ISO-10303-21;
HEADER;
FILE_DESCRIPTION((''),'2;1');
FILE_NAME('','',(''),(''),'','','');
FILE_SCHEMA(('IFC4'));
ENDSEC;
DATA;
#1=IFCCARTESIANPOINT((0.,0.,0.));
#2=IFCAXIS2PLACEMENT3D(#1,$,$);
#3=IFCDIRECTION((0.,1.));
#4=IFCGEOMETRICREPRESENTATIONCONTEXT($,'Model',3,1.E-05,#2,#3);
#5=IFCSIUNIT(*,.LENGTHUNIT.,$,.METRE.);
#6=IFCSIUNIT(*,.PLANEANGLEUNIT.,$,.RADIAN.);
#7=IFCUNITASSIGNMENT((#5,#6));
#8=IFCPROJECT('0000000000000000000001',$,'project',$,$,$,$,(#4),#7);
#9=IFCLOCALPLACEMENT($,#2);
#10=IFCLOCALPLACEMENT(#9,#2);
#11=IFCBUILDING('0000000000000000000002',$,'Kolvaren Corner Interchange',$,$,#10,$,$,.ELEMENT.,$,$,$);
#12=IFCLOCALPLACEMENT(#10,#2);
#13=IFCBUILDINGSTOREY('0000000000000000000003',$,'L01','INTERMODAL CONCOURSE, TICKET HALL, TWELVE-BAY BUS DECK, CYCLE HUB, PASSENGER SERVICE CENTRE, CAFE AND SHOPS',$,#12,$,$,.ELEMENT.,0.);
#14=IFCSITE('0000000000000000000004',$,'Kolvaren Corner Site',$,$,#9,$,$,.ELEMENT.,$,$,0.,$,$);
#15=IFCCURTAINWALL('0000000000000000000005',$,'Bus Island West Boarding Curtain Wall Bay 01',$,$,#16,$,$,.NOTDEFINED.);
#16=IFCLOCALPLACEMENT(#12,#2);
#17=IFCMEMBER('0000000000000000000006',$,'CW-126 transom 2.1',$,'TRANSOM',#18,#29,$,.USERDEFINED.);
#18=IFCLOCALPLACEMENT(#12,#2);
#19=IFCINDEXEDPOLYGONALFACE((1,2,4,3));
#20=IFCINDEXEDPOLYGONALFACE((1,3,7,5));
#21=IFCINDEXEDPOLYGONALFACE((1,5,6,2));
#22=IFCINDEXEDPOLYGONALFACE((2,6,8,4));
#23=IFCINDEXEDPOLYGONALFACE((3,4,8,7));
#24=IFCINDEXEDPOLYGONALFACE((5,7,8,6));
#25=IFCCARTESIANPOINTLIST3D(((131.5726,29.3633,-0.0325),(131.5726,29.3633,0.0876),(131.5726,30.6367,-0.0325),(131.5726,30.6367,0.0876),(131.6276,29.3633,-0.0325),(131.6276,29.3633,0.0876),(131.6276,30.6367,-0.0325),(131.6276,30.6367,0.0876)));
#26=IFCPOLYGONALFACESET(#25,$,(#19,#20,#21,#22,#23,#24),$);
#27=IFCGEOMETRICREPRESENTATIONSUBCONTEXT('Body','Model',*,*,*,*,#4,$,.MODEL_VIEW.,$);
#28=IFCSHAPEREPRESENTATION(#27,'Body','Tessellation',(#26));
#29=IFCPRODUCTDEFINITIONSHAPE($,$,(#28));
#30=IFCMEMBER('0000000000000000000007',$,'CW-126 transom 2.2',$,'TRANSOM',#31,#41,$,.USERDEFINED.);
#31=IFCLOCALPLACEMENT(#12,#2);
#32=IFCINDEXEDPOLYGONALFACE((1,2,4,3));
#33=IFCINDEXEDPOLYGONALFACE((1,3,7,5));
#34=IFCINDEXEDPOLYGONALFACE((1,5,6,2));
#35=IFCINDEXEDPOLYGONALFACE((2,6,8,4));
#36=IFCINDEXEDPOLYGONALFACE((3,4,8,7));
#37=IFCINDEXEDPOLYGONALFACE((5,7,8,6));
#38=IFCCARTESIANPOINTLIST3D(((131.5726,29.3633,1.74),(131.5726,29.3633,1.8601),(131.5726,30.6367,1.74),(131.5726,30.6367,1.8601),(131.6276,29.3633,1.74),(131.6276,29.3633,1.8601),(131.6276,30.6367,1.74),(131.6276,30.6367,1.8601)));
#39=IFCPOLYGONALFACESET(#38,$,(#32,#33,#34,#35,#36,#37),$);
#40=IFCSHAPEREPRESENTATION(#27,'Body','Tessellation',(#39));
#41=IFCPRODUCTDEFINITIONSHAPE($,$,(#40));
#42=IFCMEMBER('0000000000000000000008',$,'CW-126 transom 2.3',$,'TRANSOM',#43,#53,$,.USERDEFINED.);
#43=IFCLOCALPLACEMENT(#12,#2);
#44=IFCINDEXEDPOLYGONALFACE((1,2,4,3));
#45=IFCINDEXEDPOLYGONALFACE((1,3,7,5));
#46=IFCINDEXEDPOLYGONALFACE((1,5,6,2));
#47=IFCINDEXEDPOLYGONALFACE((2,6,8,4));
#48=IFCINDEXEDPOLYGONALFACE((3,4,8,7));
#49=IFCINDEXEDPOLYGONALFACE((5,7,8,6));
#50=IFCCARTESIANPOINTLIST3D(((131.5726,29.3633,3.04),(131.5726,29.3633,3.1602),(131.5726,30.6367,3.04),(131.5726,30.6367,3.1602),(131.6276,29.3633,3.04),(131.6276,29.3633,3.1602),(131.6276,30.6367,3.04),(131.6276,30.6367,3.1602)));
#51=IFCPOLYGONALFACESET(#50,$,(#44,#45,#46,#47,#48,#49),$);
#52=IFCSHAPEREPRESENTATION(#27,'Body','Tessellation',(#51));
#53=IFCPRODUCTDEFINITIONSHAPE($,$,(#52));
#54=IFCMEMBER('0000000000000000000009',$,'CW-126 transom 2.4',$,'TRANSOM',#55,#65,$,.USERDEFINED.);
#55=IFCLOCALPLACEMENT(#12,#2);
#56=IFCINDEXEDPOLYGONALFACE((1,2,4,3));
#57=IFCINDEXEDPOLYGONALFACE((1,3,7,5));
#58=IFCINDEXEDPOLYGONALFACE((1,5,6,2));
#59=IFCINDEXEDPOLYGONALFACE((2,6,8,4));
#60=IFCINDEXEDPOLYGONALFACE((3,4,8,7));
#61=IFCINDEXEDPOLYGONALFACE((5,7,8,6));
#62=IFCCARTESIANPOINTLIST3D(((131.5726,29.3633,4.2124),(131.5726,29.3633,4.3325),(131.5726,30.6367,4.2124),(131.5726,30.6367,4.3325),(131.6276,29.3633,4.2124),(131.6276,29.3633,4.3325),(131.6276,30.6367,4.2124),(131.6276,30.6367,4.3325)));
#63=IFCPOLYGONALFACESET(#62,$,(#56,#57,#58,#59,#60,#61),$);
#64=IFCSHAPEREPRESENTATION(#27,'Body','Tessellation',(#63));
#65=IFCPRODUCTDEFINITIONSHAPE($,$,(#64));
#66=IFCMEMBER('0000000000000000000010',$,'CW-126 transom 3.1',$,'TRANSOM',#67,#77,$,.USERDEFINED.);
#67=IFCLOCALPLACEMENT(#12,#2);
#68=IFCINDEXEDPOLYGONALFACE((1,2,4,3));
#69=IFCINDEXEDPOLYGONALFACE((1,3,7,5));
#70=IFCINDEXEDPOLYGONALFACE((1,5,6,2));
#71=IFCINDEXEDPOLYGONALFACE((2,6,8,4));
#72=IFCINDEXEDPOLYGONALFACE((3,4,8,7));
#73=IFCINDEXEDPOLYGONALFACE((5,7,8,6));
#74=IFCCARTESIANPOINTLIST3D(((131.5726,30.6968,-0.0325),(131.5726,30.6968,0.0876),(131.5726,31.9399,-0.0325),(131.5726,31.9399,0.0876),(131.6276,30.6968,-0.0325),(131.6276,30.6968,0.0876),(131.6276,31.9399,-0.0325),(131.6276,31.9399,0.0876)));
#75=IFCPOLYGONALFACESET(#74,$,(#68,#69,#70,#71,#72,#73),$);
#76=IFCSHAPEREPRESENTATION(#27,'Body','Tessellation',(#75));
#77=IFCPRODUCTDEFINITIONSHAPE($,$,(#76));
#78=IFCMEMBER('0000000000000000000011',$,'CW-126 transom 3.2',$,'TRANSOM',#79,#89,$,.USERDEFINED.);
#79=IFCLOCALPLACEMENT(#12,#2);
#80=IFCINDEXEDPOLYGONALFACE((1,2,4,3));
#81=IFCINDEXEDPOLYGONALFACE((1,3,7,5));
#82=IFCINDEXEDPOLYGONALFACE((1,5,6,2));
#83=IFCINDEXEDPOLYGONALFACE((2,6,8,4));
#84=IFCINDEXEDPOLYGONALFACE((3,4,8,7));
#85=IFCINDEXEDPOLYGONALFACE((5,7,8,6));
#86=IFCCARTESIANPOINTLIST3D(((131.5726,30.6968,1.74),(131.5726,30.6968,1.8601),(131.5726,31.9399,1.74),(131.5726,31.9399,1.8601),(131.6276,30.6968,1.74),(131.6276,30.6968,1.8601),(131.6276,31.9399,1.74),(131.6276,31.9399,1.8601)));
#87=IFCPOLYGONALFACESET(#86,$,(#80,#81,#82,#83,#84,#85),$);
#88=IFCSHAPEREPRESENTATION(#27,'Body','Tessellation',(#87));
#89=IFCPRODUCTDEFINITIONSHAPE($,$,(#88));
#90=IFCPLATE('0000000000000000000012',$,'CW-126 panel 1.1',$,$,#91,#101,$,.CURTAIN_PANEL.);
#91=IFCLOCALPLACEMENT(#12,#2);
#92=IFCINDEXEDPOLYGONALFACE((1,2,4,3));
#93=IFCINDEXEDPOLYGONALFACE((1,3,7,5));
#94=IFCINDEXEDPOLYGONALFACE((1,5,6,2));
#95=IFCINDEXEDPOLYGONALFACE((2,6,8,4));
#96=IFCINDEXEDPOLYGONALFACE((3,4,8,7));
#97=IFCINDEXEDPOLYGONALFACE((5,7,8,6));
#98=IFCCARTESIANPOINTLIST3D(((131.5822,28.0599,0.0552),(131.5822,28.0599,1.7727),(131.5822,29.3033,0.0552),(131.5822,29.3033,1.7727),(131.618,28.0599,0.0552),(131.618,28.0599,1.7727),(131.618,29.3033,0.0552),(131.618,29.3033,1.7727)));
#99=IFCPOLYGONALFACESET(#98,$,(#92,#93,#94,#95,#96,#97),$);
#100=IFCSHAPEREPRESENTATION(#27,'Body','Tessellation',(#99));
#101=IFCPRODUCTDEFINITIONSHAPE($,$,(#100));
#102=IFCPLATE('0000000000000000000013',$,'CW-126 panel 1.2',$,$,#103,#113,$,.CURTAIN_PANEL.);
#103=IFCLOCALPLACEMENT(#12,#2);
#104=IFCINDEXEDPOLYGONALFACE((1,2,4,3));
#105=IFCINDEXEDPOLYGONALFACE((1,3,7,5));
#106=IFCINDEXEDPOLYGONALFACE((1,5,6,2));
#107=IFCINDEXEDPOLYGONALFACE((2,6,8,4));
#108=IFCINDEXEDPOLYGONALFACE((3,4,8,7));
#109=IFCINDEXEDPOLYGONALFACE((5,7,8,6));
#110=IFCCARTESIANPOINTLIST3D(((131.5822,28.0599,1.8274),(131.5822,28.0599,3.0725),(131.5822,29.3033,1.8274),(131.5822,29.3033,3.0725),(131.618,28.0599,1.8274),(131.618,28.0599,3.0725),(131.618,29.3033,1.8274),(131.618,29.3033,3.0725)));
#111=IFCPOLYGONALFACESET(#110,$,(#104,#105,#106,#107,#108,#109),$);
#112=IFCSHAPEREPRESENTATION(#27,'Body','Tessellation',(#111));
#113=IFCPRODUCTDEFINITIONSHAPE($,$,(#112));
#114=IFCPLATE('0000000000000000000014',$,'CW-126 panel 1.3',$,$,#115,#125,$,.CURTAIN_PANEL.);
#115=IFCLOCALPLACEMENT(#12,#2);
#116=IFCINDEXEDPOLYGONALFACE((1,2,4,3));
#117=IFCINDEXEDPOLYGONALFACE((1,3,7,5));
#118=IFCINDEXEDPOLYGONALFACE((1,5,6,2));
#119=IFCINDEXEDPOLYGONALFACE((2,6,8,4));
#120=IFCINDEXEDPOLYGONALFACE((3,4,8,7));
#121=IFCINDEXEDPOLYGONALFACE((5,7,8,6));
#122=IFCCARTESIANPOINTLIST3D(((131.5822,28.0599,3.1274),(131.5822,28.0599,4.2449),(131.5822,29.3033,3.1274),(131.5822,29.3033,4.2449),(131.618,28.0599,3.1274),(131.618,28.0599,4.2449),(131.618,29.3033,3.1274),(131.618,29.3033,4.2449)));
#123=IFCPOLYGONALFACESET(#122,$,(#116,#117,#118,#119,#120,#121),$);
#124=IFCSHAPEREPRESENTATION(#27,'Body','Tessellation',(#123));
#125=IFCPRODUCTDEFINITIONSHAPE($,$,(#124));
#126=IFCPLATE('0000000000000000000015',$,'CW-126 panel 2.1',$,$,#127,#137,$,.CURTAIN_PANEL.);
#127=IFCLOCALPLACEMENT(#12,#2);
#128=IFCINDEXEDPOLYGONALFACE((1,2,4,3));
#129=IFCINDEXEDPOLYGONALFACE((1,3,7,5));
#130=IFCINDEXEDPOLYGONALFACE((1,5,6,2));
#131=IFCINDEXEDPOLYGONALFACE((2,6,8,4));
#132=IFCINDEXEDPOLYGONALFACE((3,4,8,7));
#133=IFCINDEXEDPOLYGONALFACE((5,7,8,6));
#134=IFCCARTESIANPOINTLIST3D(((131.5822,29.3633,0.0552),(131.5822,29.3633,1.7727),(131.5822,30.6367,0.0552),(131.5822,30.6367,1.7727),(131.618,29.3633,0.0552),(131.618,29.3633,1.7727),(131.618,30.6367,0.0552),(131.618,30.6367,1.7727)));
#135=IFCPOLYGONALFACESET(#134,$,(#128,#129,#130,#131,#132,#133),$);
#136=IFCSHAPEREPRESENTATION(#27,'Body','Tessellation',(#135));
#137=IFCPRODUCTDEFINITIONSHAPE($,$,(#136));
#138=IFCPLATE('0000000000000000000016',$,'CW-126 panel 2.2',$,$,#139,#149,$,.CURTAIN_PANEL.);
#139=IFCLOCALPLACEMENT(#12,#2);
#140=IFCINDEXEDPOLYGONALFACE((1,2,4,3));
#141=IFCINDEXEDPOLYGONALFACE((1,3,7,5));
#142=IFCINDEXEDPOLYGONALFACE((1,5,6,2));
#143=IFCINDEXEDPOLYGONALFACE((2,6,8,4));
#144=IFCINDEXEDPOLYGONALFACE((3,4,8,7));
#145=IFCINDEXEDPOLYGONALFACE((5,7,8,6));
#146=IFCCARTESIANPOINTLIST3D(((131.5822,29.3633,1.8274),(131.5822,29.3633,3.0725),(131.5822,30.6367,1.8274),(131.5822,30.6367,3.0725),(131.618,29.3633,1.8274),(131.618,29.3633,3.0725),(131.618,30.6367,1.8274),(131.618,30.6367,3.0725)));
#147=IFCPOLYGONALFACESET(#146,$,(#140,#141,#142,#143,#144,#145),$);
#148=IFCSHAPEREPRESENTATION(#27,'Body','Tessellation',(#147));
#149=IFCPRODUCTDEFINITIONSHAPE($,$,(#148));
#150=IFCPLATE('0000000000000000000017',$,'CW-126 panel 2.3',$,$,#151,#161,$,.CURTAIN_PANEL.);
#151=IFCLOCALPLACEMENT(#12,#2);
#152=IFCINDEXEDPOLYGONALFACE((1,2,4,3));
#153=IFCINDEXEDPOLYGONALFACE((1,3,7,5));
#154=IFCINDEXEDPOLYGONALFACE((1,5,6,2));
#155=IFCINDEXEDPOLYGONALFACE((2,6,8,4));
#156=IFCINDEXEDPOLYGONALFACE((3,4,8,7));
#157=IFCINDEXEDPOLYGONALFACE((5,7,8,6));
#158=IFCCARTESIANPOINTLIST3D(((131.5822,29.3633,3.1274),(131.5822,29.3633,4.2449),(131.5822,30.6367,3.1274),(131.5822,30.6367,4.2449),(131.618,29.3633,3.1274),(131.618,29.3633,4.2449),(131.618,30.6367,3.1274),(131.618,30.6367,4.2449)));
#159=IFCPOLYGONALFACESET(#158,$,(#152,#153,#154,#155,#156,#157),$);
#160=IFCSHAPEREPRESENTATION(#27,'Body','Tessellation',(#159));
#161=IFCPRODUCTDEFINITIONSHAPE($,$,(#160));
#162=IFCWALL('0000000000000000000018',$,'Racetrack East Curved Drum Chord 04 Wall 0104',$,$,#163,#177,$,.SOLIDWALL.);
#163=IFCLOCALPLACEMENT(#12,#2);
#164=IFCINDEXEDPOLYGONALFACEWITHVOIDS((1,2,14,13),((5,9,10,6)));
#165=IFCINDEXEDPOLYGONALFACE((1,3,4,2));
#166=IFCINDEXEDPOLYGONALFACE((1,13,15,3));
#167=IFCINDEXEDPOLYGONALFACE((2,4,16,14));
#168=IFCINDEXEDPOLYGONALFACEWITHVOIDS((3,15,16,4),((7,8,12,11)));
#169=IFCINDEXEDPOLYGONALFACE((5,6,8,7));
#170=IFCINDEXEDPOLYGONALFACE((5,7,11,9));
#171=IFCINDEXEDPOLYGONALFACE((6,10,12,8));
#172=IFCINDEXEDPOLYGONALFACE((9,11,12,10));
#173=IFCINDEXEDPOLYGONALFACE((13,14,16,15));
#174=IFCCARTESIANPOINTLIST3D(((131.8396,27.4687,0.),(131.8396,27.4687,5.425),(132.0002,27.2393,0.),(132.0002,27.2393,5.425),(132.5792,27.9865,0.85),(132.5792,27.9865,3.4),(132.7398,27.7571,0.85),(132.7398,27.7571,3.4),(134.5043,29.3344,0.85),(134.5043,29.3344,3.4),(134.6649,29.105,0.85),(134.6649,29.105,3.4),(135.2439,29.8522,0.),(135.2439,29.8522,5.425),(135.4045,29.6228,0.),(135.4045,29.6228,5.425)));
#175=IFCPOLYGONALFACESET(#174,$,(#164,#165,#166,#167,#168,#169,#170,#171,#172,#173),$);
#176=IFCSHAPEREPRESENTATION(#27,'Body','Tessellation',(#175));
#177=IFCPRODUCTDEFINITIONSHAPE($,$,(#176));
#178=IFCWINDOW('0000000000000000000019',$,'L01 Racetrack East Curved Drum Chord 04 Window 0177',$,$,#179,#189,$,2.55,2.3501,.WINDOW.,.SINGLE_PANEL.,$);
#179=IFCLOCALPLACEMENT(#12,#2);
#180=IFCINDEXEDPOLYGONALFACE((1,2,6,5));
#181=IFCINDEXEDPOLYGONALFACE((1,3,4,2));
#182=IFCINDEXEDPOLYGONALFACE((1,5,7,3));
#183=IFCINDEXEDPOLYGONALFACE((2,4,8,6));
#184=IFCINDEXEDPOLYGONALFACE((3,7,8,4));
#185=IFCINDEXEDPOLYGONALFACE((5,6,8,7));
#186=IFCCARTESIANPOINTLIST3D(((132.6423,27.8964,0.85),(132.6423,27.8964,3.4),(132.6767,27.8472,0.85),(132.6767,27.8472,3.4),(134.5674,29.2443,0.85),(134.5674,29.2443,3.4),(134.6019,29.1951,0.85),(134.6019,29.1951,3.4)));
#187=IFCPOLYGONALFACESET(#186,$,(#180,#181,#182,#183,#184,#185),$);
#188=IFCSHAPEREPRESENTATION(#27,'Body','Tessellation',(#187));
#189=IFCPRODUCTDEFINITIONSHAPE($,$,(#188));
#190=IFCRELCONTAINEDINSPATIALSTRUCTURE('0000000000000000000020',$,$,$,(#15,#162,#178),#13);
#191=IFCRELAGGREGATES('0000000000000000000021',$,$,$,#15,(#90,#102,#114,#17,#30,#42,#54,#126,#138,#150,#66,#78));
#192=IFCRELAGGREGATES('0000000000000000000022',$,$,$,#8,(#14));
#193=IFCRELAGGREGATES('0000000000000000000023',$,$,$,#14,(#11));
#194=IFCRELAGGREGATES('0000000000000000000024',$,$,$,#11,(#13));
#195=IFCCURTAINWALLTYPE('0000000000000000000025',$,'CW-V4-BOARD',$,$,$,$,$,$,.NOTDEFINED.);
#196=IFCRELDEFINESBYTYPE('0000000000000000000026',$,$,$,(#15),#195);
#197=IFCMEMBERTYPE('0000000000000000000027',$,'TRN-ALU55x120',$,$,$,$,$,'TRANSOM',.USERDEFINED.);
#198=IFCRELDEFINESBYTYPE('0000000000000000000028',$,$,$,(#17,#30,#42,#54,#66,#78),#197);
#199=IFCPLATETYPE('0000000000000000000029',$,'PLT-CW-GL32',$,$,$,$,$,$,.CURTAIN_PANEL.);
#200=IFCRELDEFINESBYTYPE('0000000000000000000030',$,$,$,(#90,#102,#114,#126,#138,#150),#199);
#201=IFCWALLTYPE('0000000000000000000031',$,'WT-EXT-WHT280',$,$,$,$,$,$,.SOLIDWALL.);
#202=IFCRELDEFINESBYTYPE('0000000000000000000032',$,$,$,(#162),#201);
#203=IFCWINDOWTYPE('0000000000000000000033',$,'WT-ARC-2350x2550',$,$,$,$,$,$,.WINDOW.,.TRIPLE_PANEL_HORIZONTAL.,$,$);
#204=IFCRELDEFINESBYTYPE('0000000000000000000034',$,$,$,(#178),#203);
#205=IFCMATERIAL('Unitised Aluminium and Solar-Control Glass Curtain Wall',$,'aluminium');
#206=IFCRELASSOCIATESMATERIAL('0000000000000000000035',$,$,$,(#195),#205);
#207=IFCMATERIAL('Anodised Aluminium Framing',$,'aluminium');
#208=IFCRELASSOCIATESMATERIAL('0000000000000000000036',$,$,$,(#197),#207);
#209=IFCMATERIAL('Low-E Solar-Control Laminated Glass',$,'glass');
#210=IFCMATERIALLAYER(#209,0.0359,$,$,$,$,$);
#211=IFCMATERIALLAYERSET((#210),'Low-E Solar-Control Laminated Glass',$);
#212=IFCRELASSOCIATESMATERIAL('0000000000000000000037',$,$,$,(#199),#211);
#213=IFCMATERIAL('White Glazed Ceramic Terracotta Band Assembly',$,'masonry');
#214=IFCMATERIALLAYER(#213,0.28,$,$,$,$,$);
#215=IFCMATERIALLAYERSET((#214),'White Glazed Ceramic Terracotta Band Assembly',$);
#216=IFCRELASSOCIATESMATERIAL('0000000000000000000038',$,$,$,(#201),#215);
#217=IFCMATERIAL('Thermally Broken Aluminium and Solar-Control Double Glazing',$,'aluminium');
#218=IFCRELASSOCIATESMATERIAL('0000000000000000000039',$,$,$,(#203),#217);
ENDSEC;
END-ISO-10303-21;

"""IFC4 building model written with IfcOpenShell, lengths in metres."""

from ifc_helpers import new_model, si_unit, direction, frame, frame_2d, origin, origin_2d, place, context, subcontext, project, spatial, rectangle, extrude, material, layer, layer_set, material_profile, profile_set, type_object, element, fill, aggregate, save


model = new_model("IFC4")

# Units and contexts
model_context = context("Model", 3, precision=1e-05, world=origin(), true_north=direction((0.0, 1.0)))
body_context = subcontext(model_context, "Body", "Model", "MODEL_VIEW")
ifc_project = project(units=[si_unit("LENGTHUNIT", "METRE"), si_unit("PLANEANGLEUNIT", "RADIAN")], contexts=[model_context])

# Site, building, storey
site_placement = place(None, origin())
site = spatial("IfcSite", under=ifc_project, at=site_placement, Name="Kolvaren Corner Site", CompositionType="ELEMENT", RefElevation=0.0)
building_placement = place(site_placement, origin())
building = spatial("IfcBuilding", under=site, at=building_placement, Name="Kolvaren Corner Interchange", CompositionType="ELEMENT")
storey_placement = place(building_placement, origin())
storey = spatial("IfcBuildingStorey", under=building, at=storey_placement, Name="L01", Description="INTERMODAL CONCOURSE, TICKET HALL, TWELVE-BAY BUS DECK, CYCLE HUB, PASSENGER SERVICE CENTRE, CAFE AND SHOPS", CompositionType="ELEMENT", Elevation=0.0)

# Curtain wall, members, plates
ifc_material_1 = material(Name="Unitised Aluminium and Solar-Control Glass Curtain Wall", Category="aluminium")
curtain_wall_type = type_object("IfcCurtainWallType", Name="CW-V4-BOARD", PredefinedType="NOTDEFINED", material=ifc_material_1)
curtain_wall_placement = place(storey_placement, origin())
curtain_wall = element("IfcCurtainWall", 1, at=curtain_wall_placement, inside=storey, type_object=curtain_wall_type, Name="Bus Island West Boarding Curtain Wall Bay 01", PredefinedType="NOTDEFINED")
ifc_material_2 = material(Name="Anodised Aluminium Framing", Category="aluminium")
ifc_material_profile_1 = material_profile(ifc_material_2, rectangle(XDim=0.0549, YDim=0.1201, at=origin_2d()), Name="ALU 55x120")
ifc_profile_set_1 = profile_set([ifc_material_profile_1], Name="Anodised Aluminium Framing")
member_type_1 = type_object("IfcMemberType", Name="TRN-ALU55x120", ElementType="TRANSOM", PredefinedType="USERDEFINED", material=ifc_profile_set_1)
member_1_placement = place(storey_placement, frame((131.6001, 29.3633, 0.0276), z_axis=(0.0, 1.0, 0.0), x_axis=(-1.0, 0.0, 0.0)))
member_1 = element("IfcMember", 2, at=member_1_placement, type_object=member_type_1, Name="CW-126 transom 2.1", ObjectType="TRANSOM", PredefinedType="USERDEFINED", context=body_context, shape_type="SweptSolid", body=[
    extrude(rectangle(XDim=0.0549, YDim=0.1201, at=origin_2d()), origin(), (0.0, 0.0, 1.0), 1.2734),
])
member_2_placement = place(storey_placement, frame((131.6001, 29.3633, 1.8), z_axis=(0.0, 1.0, 0.0), x_axis=(-1.0, 0.0, 0.0)))
member_2 = element("IfcMember", 3, at=member_2_placement, type_object=member_type_1, Name="CW-126 transom 2.2", ObjectType="TRANSOM", PredefinedType="USERDEFINED", context=body_context, shape_type="SweptSolid", body=[
    extrude(rectangle(XDim=0.0549, YDim=0.1201, at=origin_2d()), origin(), (0.0, 0.0, 1.0), 1.2734),
])
member_3_placement = place(storey_placement, frame((131.6001, 29.3633, 3.1001), z_axis=(0.0, 1.0, 0.0), x_axis=(-1.0, 0.0, 0.0)))
member_3 = element("IfcMember", 4, at=member_3_placement, type_object=member_type_1, Name="CW-126 transom 2.3", ObjectType="TRANSOM", PredefinedType="USERDEFINED", context=body_context, shape_type="SweptSolid", body=[
    extrude(rectangle(XDim=0.0549, YDim=0.1201, at=origin_2d()), origin(), (0.0, 0.0, 1.0), 1.2734),
])
member_4_placement = place(storey_placement, frame((131.6001, 29.3633, 4.2725), z_axis=(0.0, 1.0, 0.0), x_axis=(-1.0, 0.0, 0.0)))
member_4 = element("IfcMember", 5, at=member_4_placement, type_object=member_type_1, Name="CW-126 transom 2.4", ObjectType="TRANSOM", PredefinedType="USERDEFINED", context=body_context, shape_type="SweptSolid", body=[
    extrude(rectangle(XDim=0.0549, YDim=0.1201, at=origin_2d()), origin(), (0.0, 0.0, 1.0), 1.2734),
])
member_5_placement = place(storey_placement, frame((131.6001, 30.6968, 0.0276), z_axis=(0.0, 1.0, 0.0), x_axis=(-1.0, 0.0, 0.0)))
member_5 = element("IfcMember", 6, at=member_5_placement, type_object=member_type_1, Name="CW-126 transom 3.1", ObjectType="TRANSOM", PredefinedType="USERDEFINED", context=body_context, shape_type="SweptSolid", body=[
    extrude(rectangle(XDim=0.0549, YDim=0.1201, at=origin_2d()), origin(), (0.0, 0.0, 1.0), 1.2432),
])
member_6_placement = place(storey_placement, frame((131.6001, 30.6968, 1.8), z_axis=(0.0, 1.0, 0.0), x_axis=(-1.0, 0.0, 0.0)))
member_6 = element("IfcMember", 7, at=member_6_placement, type_object=member_type_1, Name="CW-126 transom 3.2", ObjectType="TRANSOM", PredefinedType="USERDEFINED", context=body_context, shape_type="SweptSolid", body=[
    extrude(rectangle(XDim=0.0549, YDim=0.1201, at=origin_2d()), origin(), (0.0, 0.0, 1.0), 1.2432),
])
ifc_material_3 = material(Name="Low-E Solar-Control Laminated Glass", Category="glass")
ifc_layer_1 = layer(ifc_material_3, 0.0359)
ifc_layer_set_1 = layer_set([ifc_layer_1], Name="Low-E Solar-Control Laminated Glass")
plate_type = type_object("IfcPlateType", Name="PLT-CW-GL32", PredefinedType="CURTAIN_PANEL", material=ifc_layer_set_1)
plate_1_placement = place(storey_placement, frame((131.6001, 28.6816, 0.0552), z_axis=(0.0, 0.0, 1.0), x_axis=(0.0, 1.0, 0.0)))
plate_1 = element("IfcPlate", 8, at=plate_1_placement, type_object=plate_type, Name="CW-126 panel 1.1", PredefinedType="CURTAIN_PANEL", context=body_context, shape_type="SweptSolid", body=[
    extrude(rectangle(XDim=1.2434, YDim=0.0359, at=origin_2d()), origin(), (0.0, 0.0, 1.0), 1.7175),
])
plate_2_placement = place(storey_placement, frame((131.6001, 28.6816, 1.8274), z_axis=(0.0, 0.0, 1.0), x_axis=(0.0, 1.0, 0.0)))
plate_2 = element("IfcPlate", 9, at=plate_2_placement, type_object=plate_type, Name="CW-126 panel 1.2", PredefinedType="CURTAIN_PANEL", context=body_context, shape_type="SweptSolid", body=[
    extrude(rectangle(XDim=1.2434, YDim=0.0359, at=origin_2d()), origin(), (0.0, 0.0, 1.0), 1.2451),
])
plate_3_placement = place(storey_placement, frame((131.6001, 28.6816, 3.1274), z_axis=(0.0, 0.0, 1.0), x_axis=(0.0, 1.0, 0.0)))
plate_3 = element("IfcPlate", 10, at=plate_3_placement, type_object=plate_type, Name="CW-126 panel 1.3", PredefinedType="CURTAIN_PANEL", context=body_context, shape_type="SweptSolid", body=[
    extrude(rectangle(XDim=1.2434, YDim=0.0359, at=origin_2d()), origin(), (0.0, 0.0, 1.0), 1.1174),
])
plate_4_placement = place(storey_placement, frame((131.6001, 30.0, 0.0552), z_axis=(0.0, 0.0, 1.0), x_axis=(0.0, 1.0, 0.0)))
plate_4 = element("IfcPlate", 11, at=plate_4_placement, type_object=plate_type, Name="CW-126 panel 2.1", PredefinedType="CURTAIN_PANEL", context=body_context, shape_type="SweptSolid", body=[
    extrude(rectangle(XDim=1.2734, YDim=0.0359, at=origin_2d()), origin(), (0.0, 0.0, 1.0), 1.7175),
])
plate_5_placement = place(storey_placement, frame((131.6001, 30.0, 1.8274), z_axis=(0.0, 0.0, 1.0), x_axis=(0.0, 1.0, 0.0)))
plate_5 = element("IfcPlate", 12, at=plate_5_placement, type_object=plate_type, Name="CW-126 panel 2.2", PredefinedType="CURTAIN_PANEL", context=body_context, shape_type="SweptSolid", body=[
    extrude(rectangle(XDim=1.2734, YDim=0.0359, at=origin_2d()), origin(), (0.0, 0.0, 1.0), 1.2451),
])
plate_6_placement = place(storey_placement, frame((131.6001, 30.0, 3.1274), z_axis=(0.0, 0.0, 1.0), x_axis=(0.0, 1.0, 0.0)))
plate_6 = element("IfcPlate", 13, at=plate_6_placement, type_object=plate_type, Name="CW-126 panel 2.3", PredefinedType="CURTAIN_PANEL", context=body_context, shape_type="SweptSolid", body=[
    extrude(rectangle(XDim=1.2734, YDim=0.0359, at=origin_2d()), origin(), (0.0, 0.0, 1.0), 1.1174),
])
aggregate(curtain_wall, [plate_1, plate_2, plate_3, member_1, member_2, member_3, member_4, plate_4, plate_5, plate_6, member_5, member_6])

# Wall, opening, window
ifc_material_4 = material(Name="White Glazed Ceramic Terracotta Band Assembly", Category="masonry")
ifc_layer_2 = layer(ifc_material_4, 0.28)
ifc_layer_set_2 = layer_set([ifc_layer_2], Name="White Glazed Ceramic Terracotta Band Assembly")
wall_type = type_object("IfcWallType", Name="WT-EXT-WHT280", PredefinedType="SOLIDWALL", material=ifc_layer_set_2)
wall_placement = place(storey_placement, frame((131.9199, 27.354, 0.0), z_axis=(0.0, 0.0, 1.0), x_axis=(0.819171, 0.573549, 0.0)))
wall = element("IfcWall", 14, at=wall_placement, inside=storey, type_object=wall_type, Name="Racetrack East Curved Drum Chord 04 Wall 0104", PredefinedType="SOLIDWALL", context=body_context, shape_type="SweptSolid", body=[
    extrude(rectangle(XDim=4.1558, YDim=0.28, at=frame_2d((2.0779, 0.0))), origin(), (0.0, 0.0, 1.0), 5.425),
])
opening_placement = place(wall_placement, frame((0.9028, 0.0, 0.8501)))
opening = element("IfcOpeningElement", 15, at=opening_placement, cuts=wall, PredefinedType="OPENING", context=body_context, shape_type="SweptSolid", body=[
    extrude(rectangle(XDim=2.3501, YDim=2.55, at=frame_2d((1.175, 1.2749))), frame((0.0, 0.1499, 0.0), z_axis=(0.0, -1.0, 0.0), x_axis=(1.0, 0.0, 0.0)), (0.0, 0.0, 1.0), 0.3),
])
ifc_material_5 = material(Name="Thermally Broken Aluminium and Solar-Control Double Glazing", Category="aluminium")
window_type = type_object("IfcWindowType", Name="WT-ARC-2350x2550", PartitioningType="TRIPLE_PANEL_HORIZONTAL", PredefinedType="WINDOW", material=ifc_material_5)
window_placement = place(opening_placement, origin())
window = element("IfcWindow", 16, at=window_placement, inside=storey, type_object=window_type, Name="L01 Racetrack East Curved Drum Chord 04 Window 0177", OverallHeight=2.55, OverallWidth=2.3501, PartitioningType="SINGLE_PANEL", PredefinedType="WINDOW", context=body_context, shape_type="SweptSolid", body=[
    extrude(rectangle(XDim=2.3501, YDim=2.55, at=frame_2d((1.175, 1.2749))), frame((0.0, 0.03, 0.0), z_axis=(0.0, -1.0, 0.0), x_axis=(1.0, 0.0, 0.0)), (0.0, 0.0, 1.0), 0.0601),
])
fill(opening, window)

save(model, "model.ifc")
